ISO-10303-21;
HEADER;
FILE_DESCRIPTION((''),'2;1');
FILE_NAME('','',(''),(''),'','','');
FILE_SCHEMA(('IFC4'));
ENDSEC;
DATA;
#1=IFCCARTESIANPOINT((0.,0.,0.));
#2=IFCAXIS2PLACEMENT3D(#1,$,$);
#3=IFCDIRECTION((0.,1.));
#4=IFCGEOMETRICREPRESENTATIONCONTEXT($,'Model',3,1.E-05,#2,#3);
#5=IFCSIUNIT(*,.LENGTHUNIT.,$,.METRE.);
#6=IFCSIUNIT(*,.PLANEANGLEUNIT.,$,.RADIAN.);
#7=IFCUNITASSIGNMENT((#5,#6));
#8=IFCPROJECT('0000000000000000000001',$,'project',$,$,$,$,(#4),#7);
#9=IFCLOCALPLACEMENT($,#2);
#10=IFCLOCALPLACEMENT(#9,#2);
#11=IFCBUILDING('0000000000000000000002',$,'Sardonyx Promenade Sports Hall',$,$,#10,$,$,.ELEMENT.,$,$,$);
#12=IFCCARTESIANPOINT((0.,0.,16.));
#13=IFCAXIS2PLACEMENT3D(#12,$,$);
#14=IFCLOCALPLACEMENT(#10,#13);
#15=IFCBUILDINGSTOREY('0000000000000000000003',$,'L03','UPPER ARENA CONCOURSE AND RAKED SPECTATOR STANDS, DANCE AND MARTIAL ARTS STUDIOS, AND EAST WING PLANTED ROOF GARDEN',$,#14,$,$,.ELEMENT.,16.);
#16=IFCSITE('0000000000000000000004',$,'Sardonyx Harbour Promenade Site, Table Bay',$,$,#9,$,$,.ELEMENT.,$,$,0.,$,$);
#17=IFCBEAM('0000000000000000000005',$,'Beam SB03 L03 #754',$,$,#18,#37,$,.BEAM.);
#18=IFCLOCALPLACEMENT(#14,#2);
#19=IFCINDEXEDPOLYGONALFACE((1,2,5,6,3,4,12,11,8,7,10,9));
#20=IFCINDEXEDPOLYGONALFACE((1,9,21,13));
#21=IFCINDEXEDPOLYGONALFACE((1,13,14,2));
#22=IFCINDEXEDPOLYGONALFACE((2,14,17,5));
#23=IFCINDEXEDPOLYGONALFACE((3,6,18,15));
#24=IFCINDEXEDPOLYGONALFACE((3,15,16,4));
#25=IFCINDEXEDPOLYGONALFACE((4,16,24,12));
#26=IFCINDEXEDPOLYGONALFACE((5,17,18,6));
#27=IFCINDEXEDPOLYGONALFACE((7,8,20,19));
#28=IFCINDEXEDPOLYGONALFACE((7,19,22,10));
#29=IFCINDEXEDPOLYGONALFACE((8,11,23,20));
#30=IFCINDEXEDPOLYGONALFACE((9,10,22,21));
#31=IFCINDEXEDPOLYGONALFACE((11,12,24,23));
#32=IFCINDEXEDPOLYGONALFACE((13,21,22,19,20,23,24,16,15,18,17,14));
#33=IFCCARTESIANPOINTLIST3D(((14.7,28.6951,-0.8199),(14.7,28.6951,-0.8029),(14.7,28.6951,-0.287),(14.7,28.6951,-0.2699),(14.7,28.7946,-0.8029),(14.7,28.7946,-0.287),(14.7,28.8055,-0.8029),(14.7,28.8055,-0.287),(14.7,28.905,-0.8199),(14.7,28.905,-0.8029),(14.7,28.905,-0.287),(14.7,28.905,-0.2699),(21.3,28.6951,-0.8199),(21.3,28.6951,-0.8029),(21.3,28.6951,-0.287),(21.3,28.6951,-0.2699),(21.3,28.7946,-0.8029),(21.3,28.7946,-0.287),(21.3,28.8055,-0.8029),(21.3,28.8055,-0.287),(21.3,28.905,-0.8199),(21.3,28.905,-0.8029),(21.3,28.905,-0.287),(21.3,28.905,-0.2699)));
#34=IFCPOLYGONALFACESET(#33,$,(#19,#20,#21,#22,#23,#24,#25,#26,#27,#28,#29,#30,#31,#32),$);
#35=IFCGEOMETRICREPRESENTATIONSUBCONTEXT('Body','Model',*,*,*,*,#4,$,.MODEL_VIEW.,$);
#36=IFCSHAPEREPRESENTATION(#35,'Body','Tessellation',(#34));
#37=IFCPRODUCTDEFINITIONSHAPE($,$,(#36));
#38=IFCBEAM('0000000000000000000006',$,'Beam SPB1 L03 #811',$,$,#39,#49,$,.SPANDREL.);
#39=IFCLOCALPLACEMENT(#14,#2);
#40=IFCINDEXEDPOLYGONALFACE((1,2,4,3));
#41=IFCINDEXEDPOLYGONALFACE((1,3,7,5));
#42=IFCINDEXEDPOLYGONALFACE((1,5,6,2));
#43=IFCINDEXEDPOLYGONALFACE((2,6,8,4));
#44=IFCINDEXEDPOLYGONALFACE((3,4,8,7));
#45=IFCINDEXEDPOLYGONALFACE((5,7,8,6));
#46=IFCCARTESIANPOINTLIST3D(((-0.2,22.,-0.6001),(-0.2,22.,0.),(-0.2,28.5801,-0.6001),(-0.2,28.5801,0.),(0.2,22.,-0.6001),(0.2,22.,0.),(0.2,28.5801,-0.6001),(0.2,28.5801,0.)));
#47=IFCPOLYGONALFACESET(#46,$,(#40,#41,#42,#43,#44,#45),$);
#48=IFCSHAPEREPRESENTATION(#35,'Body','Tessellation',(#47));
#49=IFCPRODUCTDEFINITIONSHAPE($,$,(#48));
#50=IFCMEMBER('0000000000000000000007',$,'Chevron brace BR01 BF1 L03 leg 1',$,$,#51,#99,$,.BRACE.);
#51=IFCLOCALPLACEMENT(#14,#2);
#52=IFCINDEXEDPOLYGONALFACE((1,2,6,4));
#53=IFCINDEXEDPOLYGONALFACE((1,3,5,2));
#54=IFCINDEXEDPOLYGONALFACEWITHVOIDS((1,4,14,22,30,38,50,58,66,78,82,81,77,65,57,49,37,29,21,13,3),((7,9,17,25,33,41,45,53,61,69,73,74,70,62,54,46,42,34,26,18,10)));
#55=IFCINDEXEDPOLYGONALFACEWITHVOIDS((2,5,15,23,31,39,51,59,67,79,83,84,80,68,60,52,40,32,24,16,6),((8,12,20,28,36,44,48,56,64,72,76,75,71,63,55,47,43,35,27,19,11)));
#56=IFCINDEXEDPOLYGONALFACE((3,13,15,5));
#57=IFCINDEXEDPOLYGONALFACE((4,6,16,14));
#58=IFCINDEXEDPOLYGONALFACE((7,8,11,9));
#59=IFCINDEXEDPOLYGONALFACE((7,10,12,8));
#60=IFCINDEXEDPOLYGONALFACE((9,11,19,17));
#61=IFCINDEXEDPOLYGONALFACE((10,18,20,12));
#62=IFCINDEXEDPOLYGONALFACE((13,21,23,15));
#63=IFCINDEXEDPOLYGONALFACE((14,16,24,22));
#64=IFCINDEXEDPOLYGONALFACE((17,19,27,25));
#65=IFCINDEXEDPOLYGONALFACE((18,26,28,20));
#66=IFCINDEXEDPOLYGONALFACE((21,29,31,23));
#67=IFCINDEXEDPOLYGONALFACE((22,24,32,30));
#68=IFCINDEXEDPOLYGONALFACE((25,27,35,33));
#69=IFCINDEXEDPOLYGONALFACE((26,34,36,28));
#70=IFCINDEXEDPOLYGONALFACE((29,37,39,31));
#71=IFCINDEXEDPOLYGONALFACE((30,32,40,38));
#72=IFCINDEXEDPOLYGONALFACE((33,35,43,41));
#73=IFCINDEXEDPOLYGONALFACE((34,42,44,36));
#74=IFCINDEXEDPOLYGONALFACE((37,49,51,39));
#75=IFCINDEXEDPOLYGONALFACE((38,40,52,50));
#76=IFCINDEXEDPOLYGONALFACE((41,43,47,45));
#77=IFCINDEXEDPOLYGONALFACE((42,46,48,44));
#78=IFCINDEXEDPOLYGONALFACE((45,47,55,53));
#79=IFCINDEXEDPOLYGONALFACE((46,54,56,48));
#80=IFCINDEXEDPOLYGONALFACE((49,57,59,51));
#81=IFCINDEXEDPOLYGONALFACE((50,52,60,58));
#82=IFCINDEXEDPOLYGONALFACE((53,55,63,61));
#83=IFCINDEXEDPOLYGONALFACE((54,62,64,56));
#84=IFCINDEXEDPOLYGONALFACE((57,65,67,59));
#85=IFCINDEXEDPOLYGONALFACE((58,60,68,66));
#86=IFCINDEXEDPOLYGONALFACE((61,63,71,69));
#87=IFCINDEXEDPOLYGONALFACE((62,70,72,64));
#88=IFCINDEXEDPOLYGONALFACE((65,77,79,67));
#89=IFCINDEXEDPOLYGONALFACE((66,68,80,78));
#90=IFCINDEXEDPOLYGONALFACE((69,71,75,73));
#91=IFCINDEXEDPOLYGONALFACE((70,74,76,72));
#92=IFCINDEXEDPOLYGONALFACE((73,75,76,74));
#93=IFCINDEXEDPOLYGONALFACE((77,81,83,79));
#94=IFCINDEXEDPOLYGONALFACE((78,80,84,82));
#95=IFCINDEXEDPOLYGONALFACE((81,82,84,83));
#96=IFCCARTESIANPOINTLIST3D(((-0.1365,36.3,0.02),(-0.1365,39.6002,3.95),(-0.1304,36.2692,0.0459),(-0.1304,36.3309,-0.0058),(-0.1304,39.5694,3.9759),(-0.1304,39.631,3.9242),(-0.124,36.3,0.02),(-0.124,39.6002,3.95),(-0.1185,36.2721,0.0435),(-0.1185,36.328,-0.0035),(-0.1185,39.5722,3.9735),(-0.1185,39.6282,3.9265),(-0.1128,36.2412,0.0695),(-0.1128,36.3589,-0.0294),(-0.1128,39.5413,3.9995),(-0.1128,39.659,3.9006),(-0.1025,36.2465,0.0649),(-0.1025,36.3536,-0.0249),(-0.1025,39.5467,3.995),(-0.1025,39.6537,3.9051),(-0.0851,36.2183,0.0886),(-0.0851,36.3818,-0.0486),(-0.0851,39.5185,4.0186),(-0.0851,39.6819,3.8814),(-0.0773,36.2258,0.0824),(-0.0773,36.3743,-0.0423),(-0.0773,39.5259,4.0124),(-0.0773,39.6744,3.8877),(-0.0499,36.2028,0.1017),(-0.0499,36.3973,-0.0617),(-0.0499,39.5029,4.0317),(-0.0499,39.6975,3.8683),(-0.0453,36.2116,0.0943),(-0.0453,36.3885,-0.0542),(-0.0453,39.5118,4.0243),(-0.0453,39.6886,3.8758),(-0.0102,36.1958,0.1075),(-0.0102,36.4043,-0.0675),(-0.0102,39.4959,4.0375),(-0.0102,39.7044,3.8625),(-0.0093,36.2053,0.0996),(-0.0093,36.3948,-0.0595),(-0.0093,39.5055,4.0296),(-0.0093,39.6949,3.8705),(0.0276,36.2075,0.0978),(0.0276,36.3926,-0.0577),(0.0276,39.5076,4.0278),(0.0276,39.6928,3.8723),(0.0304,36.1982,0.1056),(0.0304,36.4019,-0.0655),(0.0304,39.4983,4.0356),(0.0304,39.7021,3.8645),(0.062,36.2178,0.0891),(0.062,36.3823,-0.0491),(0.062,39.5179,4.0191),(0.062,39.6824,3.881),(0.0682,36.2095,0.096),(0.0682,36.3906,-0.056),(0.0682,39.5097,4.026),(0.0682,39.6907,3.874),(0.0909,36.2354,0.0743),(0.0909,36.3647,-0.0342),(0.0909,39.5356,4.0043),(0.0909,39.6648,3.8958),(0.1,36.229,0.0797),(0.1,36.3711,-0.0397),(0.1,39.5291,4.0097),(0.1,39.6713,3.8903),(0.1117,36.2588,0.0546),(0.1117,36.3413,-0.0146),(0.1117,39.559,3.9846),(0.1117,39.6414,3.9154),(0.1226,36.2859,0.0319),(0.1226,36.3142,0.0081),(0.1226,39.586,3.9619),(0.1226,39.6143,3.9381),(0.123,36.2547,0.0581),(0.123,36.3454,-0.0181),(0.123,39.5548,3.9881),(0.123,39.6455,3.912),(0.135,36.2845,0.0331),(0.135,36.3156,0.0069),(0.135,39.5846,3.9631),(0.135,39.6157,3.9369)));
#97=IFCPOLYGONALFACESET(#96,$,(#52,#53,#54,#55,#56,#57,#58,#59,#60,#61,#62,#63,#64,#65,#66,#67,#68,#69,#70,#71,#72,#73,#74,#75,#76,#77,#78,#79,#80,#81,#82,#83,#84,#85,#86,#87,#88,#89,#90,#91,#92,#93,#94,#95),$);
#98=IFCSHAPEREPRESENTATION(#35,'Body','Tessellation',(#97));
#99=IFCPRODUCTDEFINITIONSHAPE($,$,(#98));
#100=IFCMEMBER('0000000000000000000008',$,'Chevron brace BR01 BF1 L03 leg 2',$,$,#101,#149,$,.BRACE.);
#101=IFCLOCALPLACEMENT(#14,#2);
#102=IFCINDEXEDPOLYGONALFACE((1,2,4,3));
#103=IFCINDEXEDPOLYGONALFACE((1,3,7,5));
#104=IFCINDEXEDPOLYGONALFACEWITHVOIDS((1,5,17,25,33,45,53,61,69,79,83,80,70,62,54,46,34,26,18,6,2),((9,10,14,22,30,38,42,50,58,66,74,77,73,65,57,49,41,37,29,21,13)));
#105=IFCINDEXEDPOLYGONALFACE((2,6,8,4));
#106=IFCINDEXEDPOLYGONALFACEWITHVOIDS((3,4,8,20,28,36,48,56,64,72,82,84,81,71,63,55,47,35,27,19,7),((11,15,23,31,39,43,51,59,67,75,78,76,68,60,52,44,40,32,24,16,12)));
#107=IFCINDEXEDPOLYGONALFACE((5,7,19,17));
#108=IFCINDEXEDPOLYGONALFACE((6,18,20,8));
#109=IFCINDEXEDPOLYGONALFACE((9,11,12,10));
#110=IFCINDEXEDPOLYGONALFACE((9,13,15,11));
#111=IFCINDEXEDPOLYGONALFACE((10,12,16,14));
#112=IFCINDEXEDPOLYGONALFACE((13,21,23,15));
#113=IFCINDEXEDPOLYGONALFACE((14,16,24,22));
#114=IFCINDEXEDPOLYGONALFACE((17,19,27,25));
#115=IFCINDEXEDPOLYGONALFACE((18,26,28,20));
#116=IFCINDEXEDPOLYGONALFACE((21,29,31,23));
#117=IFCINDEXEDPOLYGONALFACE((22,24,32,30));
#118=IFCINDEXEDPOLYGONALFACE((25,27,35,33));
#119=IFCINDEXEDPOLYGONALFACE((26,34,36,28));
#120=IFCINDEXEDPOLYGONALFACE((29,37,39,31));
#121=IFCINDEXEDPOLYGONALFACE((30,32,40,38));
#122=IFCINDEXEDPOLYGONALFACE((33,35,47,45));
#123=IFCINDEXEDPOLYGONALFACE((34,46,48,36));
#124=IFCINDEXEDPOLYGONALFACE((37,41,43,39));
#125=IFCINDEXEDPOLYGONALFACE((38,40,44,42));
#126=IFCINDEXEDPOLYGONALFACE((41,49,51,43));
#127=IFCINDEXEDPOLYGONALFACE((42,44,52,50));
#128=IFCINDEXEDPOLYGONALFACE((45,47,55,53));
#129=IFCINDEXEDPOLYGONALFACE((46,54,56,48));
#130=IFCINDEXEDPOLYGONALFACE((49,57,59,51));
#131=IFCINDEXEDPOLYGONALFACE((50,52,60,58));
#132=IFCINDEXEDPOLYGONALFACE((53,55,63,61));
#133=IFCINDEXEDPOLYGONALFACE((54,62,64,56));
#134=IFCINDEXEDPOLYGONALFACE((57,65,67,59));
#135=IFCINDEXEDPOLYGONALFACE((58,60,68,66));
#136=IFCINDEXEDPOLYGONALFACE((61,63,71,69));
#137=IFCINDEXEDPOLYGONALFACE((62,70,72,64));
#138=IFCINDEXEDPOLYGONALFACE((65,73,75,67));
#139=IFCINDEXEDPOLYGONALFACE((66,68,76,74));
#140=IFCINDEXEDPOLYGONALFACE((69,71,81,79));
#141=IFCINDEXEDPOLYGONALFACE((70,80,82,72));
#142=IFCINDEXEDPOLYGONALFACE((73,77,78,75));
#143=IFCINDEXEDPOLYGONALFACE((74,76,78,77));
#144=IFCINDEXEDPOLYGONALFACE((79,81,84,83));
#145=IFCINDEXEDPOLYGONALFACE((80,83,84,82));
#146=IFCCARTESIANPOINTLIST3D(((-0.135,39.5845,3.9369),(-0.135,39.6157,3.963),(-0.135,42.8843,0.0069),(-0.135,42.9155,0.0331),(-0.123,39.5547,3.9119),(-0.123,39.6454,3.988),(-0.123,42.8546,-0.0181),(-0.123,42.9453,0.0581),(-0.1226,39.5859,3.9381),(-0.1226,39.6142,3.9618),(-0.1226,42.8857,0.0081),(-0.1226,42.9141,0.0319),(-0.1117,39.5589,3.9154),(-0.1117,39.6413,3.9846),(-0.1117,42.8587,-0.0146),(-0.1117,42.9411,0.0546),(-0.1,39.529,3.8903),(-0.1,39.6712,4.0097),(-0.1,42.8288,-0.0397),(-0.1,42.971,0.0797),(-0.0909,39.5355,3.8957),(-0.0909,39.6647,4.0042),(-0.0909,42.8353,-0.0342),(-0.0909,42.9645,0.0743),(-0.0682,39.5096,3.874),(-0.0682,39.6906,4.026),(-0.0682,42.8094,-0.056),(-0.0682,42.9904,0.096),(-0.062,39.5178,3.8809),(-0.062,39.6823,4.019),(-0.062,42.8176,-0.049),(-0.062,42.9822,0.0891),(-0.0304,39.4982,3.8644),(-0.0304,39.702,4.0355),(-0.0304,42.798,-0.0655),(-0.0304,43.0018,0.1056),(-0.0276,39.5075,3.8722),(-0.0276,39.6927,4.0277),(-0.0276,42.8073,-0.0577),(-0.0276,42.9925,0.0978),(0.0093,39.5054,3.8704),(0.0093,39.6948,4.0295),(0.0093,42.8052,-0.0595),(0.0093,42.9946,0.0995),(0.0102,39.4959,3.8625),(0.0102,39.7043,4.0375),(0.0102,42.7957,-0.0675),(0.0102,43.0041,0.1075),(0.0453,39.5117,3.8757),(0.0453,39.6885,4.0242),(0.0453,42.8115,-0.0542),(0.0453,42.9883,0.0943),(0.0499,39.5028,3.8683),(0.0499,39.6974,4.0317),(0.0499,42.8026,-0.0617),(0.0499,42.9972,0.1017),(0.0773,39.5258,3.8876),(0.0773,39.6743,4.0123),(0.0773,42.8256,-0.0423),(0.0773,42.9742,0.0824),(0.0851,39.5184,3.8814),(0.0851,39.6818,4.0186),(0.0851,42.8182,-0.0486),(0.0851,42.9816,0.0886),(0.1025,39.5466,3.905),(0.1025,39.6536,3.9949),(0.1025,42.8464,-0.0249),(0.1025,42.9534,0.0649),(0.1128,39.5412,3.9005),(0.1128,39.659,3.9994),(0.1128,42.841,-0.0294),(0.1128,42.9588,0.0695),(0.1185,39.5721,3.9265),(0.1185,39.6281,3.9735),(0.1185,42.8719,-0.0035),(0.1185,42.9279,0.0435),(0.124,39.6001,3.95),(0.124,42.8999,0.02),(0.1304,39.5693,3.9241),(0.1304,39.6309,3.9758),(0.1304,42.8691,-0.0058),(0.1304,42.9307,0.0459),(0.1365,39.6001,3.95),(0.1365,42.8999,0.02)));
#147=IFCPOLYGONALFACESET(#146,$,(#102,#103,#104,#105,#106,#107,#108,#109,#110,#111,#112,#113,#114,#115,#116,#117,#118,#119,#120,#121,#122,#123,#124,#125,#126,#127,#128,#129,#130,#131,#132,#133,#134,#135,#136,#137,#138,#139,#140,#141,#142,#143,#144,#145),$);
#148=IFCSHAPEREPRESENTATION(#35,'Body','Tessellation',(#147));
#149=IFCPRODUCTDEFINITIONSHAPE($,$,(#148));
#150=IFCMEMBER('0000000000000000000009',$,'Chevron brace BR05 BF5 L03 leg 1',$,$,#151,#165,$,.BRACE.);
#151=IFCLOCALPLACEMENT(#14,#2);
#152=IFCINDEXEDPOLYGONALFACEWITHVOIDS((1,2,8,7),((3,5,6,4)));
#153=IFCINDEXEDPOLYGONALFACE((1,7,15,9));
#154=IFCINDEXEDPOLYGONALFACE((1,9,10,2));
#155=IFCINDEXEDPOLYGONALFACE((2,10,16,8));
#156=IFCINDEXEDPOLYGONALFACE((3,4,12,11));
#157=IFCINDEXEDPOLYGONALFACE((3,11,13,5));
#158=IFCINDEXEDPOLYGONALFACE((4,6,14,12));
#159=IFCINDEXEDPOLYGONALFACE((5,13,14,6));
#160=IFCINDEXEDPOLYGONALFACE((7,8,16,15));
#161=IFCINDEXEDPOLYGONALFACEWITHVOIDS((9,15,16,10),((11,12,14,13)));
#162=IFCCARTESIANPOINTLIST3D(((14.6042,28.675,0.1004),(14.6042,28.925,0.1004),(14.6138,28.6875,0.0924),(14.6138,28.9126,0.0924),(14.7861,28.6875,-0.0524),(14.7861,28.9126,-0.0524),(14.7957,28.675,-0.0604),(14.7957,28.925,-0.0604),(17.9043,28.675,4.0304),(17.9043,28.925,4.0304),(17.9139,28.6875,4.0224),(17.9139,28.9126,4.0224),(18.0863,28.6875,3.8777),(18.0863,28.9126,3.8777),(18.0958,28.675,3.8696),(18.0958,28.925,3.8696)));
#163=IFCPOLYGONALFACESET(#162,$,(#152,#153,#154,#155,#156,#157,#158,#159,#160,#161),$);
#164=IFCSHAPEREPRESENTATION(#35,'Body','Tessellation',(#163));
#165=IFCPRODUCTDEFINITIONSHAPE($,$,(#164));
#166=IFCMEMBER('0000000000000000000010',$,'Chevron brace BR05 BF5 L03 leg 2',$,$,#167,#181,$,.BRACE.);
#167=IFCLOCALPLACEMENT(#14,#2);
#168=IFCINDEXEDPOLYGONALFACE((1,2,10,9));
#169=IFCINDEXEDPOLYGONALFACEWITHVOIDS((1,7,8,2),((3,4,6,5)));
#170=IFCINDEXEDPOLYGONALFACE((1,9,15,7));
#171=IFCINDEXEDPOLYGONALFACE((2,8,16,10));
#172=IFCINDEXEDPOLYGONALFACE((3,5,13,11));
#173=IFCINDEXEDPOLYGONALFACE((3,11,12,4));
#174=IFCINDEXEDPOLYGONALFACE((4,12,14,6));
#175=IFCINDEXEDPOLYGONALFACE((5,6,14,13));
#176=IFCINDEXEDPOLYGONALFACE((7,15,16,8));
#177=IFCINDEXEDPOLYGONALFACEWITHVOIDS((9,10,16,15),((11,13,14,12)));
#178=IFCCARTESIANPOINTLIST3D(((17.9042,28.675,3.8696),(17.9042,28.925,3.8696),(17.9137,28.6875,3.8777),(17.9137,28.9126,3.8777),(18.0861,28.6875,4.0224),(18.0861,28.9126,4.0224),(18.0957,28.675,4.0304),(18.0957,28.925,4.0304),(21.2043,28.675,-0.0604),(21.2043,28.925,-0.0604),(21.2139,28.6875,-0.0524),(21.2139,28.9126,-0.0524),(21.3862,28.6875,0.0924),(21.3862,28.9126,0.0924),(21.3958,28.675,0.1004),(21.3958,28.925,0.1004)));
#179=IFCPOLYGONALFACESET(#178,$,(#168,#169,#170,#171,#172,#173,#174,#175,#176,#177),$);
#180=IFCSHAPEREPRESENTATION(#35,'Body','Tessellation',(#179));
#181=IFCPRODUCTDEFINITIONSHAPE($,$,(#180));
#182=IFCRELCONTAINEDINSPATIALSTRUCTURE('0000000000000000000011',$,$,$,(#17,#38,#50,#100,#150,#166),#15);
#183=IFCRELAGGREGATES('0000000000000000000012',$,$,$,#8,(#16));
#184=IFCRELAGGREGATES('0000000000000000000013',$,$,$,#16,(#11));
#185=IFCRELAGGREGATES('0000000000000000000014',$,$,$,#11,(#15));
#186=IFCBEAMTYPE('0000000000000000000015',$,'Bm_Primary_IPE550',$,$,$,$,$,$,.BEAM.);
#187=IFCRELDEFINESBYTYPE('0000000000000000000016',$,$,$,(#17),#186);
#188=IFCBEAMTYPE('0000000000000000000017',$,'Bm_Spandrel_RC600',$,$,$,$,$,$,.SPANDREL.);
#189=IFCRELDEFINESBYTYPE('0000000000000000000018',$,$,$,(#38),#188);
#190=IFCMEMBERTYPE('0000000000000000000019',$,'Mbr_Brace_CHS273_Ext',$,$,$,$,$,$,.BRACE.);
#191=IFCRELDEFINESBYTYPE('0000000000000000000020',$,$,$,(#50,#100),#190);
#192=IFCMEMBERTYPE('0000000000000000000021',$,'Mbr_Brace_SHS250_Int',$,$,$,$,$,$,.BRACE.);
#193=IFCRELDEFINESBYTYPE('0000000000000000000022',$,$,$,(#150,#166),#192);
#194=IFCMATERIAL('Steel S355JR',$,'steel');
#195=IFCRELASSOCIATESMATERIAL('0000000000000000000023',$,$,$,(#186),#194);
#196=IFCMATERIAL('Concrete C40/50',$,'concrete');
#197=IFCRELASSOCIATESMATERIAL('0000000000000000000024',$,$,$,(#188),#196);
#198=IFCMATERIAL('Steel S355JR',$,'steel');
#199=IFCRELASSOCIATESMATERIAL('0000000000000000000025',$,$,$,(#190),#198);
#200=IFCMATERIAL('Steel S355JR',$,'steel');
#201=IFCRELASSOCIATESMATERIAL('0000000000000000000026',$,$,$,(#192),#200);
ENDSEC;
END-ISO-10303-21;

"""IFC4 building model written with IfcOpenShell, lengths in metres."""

from ifc_helpers import new_model, si_unit, direction, frame, origin, origin_2d, place, context, subcontext, project, spatial, rectangle, hollow_rectangle, hollow_circle, i_section, extrude, material, material_profile, profile_set, type_object, element, save


model = new_model("IFC4")

# Units and contexts
model_context = context("Model", 3, precision=1e-05, world=origin(), true_north=direction((0.0, 1.0)))
body_context = subcontext(model_context, "Body", "Model", "MODEL_VIEW")
ifc_project = project(units=[si_unit("LENGTHUNIT", "METRE"), si_unit("PLANEANGLEUNIT", "RADIAN")], contexts=[model_context])

# Site, building, storey
site_placement = place(None, origin())
site = spatial("IfcSite", under=ifc_project, at=site_placement, Name="Sardonyx Harbour Promenade Site, Table Bay", CompositionType="ELEMENT", RefElevation=0.0)
building_placement = place(site_placement, origin())
building = spatial("IfcBuilding", under=site, at=building_placement, Name="Sardonyx Promenade Sports Hall", CompositionType="ELEMENT")
storey_placement = place(building_placement, frame((0.0, 0.0, 16.0)))
storey = spatial("IfcBuildingStorey", under=building, at=storey_placement, Name="L03", Description="UPPER ARENA CONCOURSE AND RAKED SPECTATOR STANDS, DANCE AND MARTIAL ARTS STUDIOS, AND EAST WING PLANTED ROOF GARDEN", CompositionType="ELEMENT", Elevation=16.0)

# Beams
ifc_material_1 = material(Name="Steel S355JR", Category="steel")
ifc_material_profile_1 = material_profile(ifc_material_1, i_section(OverallWidth=0.21, OverallDepth=0.55, WebThickness=0.011, FlangeThickness=0.0171, at=origin_2d()))
ifc_profile_set_1 = profile_set([ifc_material_profile_1], Name="Steel S355JR")
beam_type_1 = type_object("IfcBeamType", Name="Bm_Primary_IPE550", PredefinedType="BEAM", material=ifc_profile_set_1)
for number, where, z_axis, x_axis, name in (
    (1, (14.7, 28.8, -0.5449), (1.0, 0.0, 0.0), (0.0, 1.0, 0.0), "Beam SB03 L03 #754"),
):
    element("IfcBeam", number, at=place(storey_placement, frame(where, z_axis=z_axis, x_axis=x_axis)), inside=storey, type_object=beam_type_1, Name=name, PredefinedType="BEAM", context=body_context, shape_type="SweptSolid", body=[
        extrude(i_section(OverallWidth=0.21, OverallDepth=0.55, WebThickness=0.011, FlangeThickness=0.0171, at=origin_2d()), origin(), (0.0, 0.0, 1.0), 6.6001),
    ])
ifc_material_2 = material(Name="Concrete C40/50", Category="concrete")
ifc_material_profile_2 = material_profile(ifc_material_2, rectangle(XDim=0.3999, YDim=0.6001, at=origin_2d()))
ifc_profile_set_2 = profile_set([ifc_material_profile_2], Name="Concrete C40/50")
beam_type_2 = type_object("IfcBeamType", Name="Bm_Spandrel_RC600", PredefinedType="SPANDREL", material=ifc_profile_set_2)
beam_1_placement = place(storey_placement, frame((0.0, 22.0, -0.3), z_axis=(0.0, 1.0, 0.0), x_axis=(-1.0, 0.0, 0.0)))
element("IfcBeam", 2, at=beam_1_placement, inside=storey, type_object=beam_type_2, Name="Beam SPB1 L03 #811", PredefinedType="SPANDREL", context=body_context, shape_type="SweptSolid", body=[
    extrude(rectangle(XDim=0.3999, YDim=0.6001, at=origin_2d()), origin(), (0.0, 0.0, 1.0), 6.5801),
])

# Members
ifc_material_3 = material(Name="Steel S355JR", Category="steel")
ifc_material_profile_3 = material_profile(ifc_material_3, hollow_circle(Radius=0.1365, WallThickness=0.0125, at=origin_2d()))
ifc_profile_set_3 = profile_set([ifc_material_profile_3], Name="Steel S355JR")
member_type_1 = type_object("IfcMemberType", Name="Mbr_Brace_CHS273_Ext", PredefinedType="BRACE", material=ifc_profile_set_3)
member_1_placement = place(storey_placement, frame((0.0, 36.3, 0.02), z_axis=(0.0, 0.643067, 0.76581), x_axis=(-1.0, 0.0, 0.0)))
element("IfcMember", 3, at=member_1_placement, inside=storey, type_object=member_type_1, Name="Chevron brace BR01 BF1 L03 leg 1", PredefinedType="BRACE", context=body_context, shape_type="SweptSolid", body=[
    extrude(hollow_circle(Radius=0.1365, WallThickness=0.0125, at=origin_2d()), origin(), (0.0, 0.0, 1.0), 5.1318),
])
member_2_placement = place(storey_placement, frame((0.0, 42.8999, 0.02), z_axis=(0.0, -0.643039, 0.765833), x_axis=(1.0, 0.0, 0.0)))
element("IfcMember", 4, at=member_2_placement, inside=storey, type_object=member_type_1, Name="Chevron brace BR01 BF1 L03 leg 2", PredefinedType="BRACE", context=body_context, shape_type="SweptSolid", body=[
    extrude(hollow_circle(Radius=0.1365, WallThickness=0.0125, at=origin_2d()), origin(), (0.0, 0.0, 1.0), 5.1316),
])
ifc_material_4 = material(Name="Steel S355JR", Category="steel")
ifc_material_profile_4 = material_profile(ifc_material_4, hollow_rectangle(XDim=0.25, YDim=0.25, WallThickness=0.0125, at=origin_2d()))
ifc_profile_set_4 = profile_set([ifc_material_profile_4], Name="Steel S355JR")
member_type_2 = type_object("IfcMemberType", Name="Mbr_Brace_SHS250_Int", PredefinedType="BRACE", material=ifc_profile_set_4)
for number, where, z_axis, x_axis, name in (
    (5, (14.7, 28.8, 0.02), (0.643067, 0.0, 0.76581), (0.0, 1.0, 0.0), "Chevron brace BR05 BF5 L03 leg 1"),
    (6, (21.3, 28.8, 0.02), (-0.643067, 0.0, 0.76581), (0.0, -1.0, 0.0), "Chevron brace BR05 BF5 L03 leg 2"),
):
    element("IfcMember", number, at=place(storey_placement, frame(where, z_axis=z_axis, x_axis=x_axis)), inside=storey, type_object=member_type_2, Name=name, PredefinedType="BRACE", context=body_context, shape_type="SweptSolid", body=[
        extrude(hollow_rectangle(XDim=0.25, YDim=0.25, WallThickness=0.0125, at=origin_2d()), origin(), (0.0, 0.0, 1.0), 5.1318),
    ])

save(model, "model.ifc")
